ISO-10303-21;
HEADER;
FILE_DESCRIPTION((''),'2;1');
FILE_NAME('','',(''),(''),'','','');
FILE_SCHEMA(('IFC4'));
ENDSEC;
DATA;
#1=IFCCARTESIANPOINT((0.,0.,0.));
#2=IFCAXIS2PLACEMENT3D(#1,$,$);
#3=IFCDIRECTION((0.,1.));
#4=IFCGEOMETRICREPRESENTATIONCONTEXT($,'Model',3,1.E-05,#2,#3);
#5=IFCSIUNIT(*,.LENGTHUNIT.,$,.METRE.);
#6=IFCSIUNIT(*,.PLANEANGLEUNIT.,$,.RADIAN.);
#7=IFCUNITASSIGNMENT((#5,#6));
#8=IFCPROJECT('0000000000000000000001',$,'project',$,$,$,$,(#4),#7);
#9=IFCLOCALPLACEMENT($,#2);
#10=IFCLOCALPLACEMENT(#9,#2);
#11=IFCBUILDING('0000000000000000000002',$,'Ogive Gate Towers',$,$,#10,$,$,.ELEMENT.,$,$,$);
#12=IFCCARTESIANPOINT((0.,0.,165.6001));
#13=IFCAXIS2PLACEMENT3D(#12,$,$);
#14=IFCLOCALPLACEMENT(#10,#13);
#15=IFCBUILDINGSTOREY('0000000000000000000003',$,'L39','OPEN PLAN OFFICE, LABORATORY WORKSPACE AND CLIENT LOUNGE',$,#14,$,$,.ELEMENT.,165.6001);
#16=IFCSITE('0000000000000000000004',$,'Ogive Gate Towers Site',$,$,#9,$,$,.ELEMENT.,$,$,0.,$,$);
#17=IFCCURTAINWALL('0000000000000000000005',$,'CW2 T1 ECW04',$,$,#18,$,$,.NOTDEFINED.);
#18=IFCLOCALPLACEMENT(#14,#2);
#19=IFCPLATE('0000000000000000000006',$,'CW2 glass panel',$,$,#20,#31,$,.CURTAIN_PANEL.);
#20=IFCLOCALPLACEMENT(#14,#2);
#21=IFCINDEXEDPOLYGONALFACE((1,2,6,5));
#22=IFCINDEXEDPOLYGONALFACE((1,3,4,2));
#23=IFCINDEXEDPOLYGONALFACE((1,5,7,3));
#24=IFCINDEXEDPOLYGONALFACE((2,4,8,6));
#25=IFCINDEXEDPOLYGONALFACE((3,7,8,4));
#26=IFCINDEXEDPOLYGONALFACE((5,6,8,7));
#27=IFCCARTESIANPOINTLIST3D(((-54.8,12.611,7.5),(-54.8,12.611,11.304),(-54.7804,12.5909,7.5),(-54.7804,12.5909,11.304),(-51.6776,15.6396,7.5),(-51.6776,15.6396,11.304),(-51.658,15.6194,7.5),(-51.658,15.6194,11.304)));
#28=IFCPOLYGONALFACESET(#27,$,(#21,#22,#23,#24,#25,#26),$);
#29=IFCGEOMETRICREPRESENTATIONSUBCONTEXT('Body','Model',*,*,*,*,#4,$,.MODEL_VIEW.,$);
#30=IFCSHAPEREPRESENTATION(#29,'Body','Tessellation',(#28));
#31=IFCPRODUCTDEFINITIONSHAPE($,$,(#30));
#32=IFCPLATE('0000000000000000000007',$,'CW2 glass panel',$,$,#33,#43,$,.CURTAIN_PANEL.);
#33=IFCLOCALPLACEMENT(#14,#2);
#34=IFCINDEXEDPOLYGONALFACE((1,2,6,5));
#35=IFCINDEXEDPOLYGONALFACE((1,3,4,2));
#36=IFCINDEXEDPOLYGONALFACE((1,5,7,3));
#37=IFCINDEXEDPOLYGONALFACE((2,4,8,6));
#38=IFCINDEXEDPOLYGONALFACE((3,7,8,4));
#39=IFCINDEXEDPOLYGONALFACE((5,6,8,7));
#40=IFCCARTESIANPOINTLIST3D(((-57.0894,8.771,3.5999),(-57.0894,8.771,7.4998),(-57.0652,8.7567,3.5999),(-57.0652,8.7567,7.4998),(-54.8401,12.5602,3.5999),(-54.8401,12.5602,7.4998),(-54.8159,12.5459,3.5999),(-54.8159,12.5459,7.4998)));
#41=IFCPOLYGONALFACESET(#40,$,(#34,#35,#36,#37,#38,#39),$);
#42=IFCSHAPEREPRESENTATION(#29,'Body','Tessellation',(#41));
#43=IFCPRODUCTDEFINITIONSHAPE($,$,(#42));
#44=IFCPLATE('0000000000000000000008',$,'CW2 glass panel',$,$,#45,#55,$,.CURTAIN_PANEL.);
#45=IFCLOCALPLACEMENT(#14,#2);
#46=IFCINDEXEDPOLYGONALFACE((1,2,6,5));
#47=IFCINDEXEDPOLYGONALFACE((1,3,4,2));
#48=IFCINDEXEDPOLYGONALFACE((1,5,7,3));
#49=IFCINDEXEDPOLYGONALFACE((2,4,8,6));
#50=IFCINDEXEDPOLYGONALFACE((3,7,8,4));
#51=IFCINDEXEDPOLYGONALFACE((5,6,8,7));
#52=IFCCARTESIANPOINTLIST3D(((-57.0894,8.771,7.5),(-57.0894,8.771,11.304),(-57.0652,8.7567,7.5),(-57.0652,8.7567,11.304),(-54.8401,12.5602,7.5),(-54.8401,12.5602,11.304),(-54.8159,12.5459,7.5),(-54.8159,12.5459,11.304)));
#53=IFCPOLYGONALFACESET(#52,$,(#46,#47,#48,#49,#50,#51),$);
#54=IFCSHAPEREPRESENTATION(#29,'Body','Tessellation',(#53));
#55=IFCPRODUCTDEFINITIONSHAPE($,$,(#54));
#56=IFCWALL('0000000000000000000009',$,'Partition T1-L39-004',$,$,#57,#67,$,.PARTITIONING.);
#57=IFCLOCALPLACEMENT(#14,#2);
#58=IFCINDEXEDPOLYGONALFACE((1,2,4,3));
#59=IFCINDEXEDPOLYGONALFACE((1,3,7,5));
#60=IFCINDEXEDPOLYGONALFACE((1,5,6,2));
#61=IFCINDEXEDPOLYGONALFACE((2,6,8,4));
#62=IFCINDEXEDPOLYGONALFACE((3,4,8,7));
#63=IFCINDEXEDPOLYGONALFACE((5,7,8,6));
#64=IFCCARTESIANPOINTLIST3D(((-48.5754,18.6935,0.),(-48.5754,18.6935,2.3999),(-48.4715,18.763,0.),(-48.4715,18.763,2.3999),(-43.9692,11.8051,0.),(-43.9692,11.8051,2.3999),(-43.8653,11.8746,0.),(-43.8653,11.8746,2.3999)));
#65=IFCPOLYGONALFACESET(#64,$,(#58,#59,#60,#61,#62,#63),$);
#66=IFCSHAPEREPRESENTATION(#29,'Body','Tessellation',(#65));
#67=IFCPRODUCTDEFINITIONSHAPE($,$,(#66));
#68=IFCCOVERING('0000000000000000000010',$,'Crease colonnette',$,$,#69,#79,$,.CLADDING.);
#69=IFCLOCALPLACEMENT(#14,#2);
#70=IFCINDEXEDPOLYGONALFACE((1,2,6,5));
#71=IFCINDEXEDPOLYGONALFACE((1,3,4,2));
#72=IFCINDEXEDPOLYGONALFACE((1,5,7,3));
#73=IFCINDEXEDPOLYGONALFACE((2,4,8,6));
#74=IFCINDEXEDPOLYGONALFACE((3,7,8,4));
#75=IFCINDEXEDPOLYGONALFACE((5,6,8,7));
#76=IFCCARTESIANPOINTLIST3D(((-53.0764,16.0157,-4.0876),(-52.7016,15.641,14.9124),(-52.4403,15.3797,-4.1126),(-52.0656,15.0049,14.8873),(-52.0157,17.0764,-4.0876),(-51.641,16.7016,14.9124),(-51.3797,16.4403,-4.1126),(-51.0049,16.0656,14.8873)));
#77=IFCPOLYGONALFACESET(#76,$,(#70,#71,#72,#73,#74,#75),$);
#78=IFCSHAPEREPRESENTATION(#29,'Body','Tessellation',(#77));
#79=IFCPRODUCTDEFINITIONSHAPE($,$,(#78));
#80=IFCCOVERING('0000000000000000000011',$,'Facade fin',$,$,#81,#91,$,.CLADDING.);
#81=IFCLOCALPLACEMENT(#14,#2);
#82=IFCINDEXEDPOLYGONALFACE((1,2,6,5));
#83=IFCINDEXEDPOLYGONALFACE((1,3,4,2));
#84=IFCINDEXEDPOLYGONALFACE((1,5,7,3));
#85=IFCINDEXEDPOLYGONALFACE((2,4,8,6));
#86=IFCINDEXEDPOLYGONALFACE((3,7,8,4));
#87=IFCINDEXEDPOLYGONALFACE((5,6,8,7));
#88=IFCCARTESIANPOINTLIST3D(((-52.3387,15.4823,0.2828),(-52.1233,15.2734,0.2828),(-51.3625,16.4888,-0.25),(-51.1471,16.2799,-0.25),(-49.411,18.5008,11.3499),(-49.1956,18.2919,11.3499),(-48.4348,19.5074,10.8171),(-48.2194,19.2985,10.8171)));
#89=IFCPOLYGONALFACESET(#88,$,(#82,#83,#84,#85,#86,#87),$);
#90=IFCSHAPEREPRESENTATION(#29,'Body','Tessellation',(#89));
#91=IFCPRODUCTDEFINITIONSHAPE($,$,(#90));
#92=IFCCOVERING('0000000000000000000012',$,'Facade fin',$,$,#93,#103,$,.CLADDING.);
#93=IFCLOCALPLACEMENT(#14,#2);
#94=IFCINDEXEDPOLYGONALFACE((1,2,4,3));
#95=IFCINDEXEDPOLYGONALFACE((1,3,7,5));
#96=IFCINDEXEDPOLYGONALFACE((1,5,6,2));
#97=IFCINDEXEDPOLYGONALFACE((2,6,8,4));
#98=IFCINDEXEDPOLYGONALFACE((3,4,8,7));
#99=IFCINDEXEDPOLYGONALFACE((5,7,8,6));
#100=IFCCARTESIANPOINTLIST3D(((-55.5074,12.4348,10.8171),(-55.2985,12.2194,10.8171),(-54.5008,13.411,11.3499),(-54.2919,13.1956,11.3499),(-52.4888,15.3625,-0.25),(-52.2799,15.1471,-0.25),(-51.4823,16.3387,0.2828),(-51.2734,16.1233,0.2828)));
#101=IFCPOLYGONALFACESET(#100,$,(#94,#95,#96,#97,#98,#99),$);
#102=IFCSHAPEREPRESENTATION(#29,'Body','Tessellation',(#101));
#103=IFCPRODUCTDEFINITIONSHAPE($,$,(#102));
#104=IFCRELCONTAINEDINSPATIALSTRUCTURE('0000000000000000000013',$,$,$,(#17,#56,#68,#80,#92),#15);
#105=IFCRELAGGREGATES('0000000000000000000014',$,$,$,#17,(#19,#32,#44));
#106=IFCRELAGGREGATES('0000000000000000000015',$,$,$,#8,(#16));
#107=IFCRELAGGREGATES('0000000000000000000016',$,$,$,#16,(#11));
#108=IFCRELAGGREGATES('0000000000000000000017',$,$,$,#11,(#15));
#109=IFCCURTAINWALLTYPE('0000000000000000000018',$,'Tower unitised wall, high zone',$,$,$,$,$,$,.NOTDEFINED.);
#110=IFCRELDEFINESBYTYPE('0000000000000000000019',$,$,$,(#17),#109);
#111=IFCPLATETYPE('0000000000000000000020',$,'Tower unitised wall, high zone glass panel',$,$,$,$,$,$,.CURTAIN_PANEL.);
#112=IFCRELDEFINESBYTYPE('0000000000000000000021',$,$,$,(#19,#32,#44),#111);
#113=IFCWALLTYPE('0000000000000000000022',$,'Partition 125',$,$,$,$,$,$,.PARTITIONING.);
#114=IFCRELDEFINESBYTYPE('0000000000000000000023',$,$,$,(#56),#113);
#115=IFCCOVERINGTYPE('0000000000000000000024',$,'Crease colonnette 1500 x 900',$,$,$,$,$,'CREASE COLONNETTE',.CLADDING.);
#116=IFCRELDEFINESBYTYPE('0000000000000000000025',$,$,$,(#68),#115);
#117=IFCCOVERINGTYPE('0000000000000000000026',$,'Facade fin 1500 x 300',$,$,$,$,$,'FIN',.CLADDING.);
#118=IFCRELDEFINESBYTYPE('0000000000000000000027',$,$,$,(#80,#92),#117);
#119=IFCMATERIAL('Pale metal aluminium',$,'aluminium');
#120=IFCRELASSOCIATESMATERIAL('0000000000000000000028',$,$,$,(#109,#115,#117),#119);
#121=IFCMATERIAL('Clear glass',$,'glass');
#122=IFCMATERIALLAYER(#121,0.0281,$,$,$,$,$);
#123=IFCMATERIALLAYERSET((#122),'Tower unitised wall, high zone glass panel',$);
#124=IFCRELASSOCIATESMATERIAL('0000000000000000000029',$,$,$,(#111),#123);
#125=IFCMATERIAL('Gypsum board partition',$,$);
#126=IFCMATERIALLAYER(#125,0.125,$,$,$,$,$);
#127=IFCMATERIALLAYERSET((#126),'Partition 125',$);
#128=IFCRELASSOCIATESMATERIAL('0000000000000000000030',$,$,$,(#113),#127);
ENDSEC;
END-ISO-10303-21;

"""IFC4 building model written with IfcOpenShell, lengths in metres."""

from ifc_helpers import new_model, si_unit, direction, frame, frame_2d, origin, origin_2d, place, context, subcontext, project, spatial, rectangle, extrude, material, layer, layer_set, material_profile, profile_set, type_object, element, aggregate, save


model = new_model("IFC4")

# Units and contexts
model_context = context("Model", 3, precision=1e-05, world=origin(), true_north=direction((0.0, 1.0)))
body_context = subcontext(model_context, "Body", "Model", "MODEL_VIEW")
ifc_project = project(units=[si_unit("LENGTHUNIT", "METRE"), si_unit("PLANEANGLEUNIT", "RADIAN")], contexts=[model_context])

# Site, building, storey
site_placement = place(None, origin())
site = spatial("IfcSite", under=ifc_project, at=site_placement, Name="Ogive Gate Towers Site", CompositionType="ELEMENT", RefElevation=0.0)
building_placement = place(site_placement, origin())
building = spatial("IfcBuilding", under=site, at=building_placement, Name="Ogive Gate Towers", CompositionType="ELEMENT")
storey_placement = place(building_placement, frame((0.0, 0.0, 165.6001)))
storey = spatial("IfcBuildingStorey", under=building, at=storey_placement, Name="L39", Description="OPEN PLAN OFFICE, LABORATORY WORKSPACE AND CLIENT LOUNGE", CompositionType="ELEMENT", Elevation=165.6001)

# Shared definitions
ifc_material_1 = material(Name="Pale metal aluminium", Category="aluminium")
curtain_wall_type = type_object("IfcCurtainWallType", Name="Tower unitised wall, high zone", PredefinedType="NOTDEFINED", material=ifc_material_1)

# Curtain wall
curtain_wall_1_placement = place(storey_placement, origin())
curtain_wall_1 = element("IfcCurtainWall", 1, at=curtain_wall_1_placement, inside=storey, type_object=curtain_wall_type, Name="CW2 T1 ECW04", PredefinedType="NOTDEFINED")

# Plates
ifc_material_2 = material(Name="Clear glass", Category="glass")
ifc_layer_1 = layer(ifc_material_2, 0.0281)
ifc_layer_set_1 = layer_set([ifc_layer_1], Name="Tower unitised wall, high zone glass panel")
plate_type = type_object("IfcPlateType", Name="Tower unitised wall, high zone glass panel", PredefinedType="CURTAIN_PANEL", material=ifc_layer_set_1)
plate_1_placement = place(storey_placement, frame((-53.229, 14.1152, 7.5), z_axis=(0.0, 0.0, 1.0), x_axis=(-0.71781, -0.696239, 0.0)))
plate_1 = element("IfcPlate", 2, at=plate_1_placement, type_object=plate_type, Name="CW2 glass panel", PredefinedType="CURTAIN_PANEL", context=body_context, shape_type="SweptSolid", body=[
    extrude(rectangle(XDim=4.3499, YDim=0.0281, at=origin_2d()), origin(), (0.0, 0.0, 1.0), 3.804),
])
plate_2_placement = place(storey_placement, frame((-55.9526, 10.6584, 3.5999), z_axis=(0.0, 0.0, 1.0), x_axis=(-0.510453, -0.859906, 0.0)))
plate_2 = element("IfcPlate", 3, at=plate_2_placement, type_object=plate_type, Name="CW2 glass panel", PredefinedType="CURTAIN_PANEL", context=body_context, shape_type="SweptSolid", body=[
    extrude(rectangle(XDim=4.4065, YDim=0.0281, at=origin_2d()), origin(), (0.0, 0.0, 1.0), 3.8999),
])
plate_3_placement = place(storey_placement, frame((-55.9526, 10.6584, 7.5), z_axis=(0.0, 0.0, 1.0), x_axis=(-0.510453, -0.859906, 0.0)))
plate_3 = element("IfcPlate", 4, at=plate_3_placement, type_object=plate_type, Name="CW2 glass panel", PredefinedType="CURTAIN_PANEL", context=body_context, shape_type="SweptSolid", body=[
    extrude(rectangle(XDim=4.4065, YDim=0.0281, at=origin_2d()), origin(), (0.0, 0.0, 1.0), 3.804),
])
aggregate(curtain_wall_1, [plate_1, plate_2, plate_3])

# Wall
ifc_material_3 = material(Name="Gypsum board partition")
ifc_layer_2 = layer(ifc_material_3, 0.125)
ifc_layer_set_2 = layer_set([ifc_layer_2], Name="Partition 125")
wall_type = type_object("IfcWallType", Name="Partition 125", PredefinedType="PARTITIONING", material=ifc_layer_set_2)
wall_placement = place(storey_placement, frame((-48.5234, 18.7283, 0.0), z_axis=(0.0, 0.0, 1.0), x_axis=(0.555862, -0.831274, 0.0)))
element("IfcWall", 5, at=wall_placement, inside=storey, type_object=wall_type, Name="Partition T1-L39-004", PredefinedType="PARTITIONING", context=body_context, shape_type="SweptSolid", body=[
    extrude(rectangle(XDim=8.2866, YDim=0.125, at=frame_2d((4.1433, 0.0))), origin(), (0.0, 0.0, 1.0), 2.3999),
])

# Coverings
ifc_material_profile_1 = material_profile(ifc_material_1, rectangle(XDim=1.5, YDim=0.8999, at=origin_2d()), Name="1500 x 900 pale metal aluminium")
ifc_profile_set_1 = profile_set([ifc_material_profile_1], Name="Pale metal aluminium")
covering_type_1 = type_object("IfcCoveringType", Name="Crease colonnette 1500 x 900", ElementType="CREASE COLONNETTE", PredefinedType="CLADDING", material=ifc_profile_set_1)
covering_placement = place(storey_placement, frame((-52.228, 16.228, -4.1001), z_axis=(0.019716, -0.019716, 0.999611), x_axis=(0.707107, 0.707107, 0.0)))
element("IfcCovering", 6, at=covering_placement, inside=storey, type_object=covering_type_1, Name="Crease colonnette", PredefinedType="CLADDING", context=body_context, shape_type="SweptSolid", body=[
    extrude(rectangle(XDim=1.5, YDim=0.8999, at=origin_2d()), origin(), (0.0, 0.0, 1.0), 19.0073),
])
ifc_material_profile_2 = material_profile(ifc_material_1, rectangle(XDim=0.3, YDim=1.5, at=origin_2d()), Name="1500 x 300 pale metal aluminium")
ifc_profile_set_2 = profile_set([ifc_material_profile_2], Name="Pale metal aluminium")
covering_type_2 = type_object("IfcCoveringType", Name="Facade fin 1500 x 300", ElementType="FIN", PredefinedType="CLADDING", material=ifc_profile_set_2)
for number, where, z_axis, x_axis, name in (
    (7, (-51.7429, 15.8811, 0.0164), (0.247293, 0.254964, 0.934794), (-0.717823, 0.696226, 0.0), "Facade fin"),
    (8, (-51.8811, 15.7429, 0.0164), (-0.254964, -0.247293, 0.934794), (0.696226, -0.717823, 0.0), "Facade fin"),
):
    element("IfcCovering", number, at=place(storey_placement, frame(where, z_axis=z_axis, x_axis=x_axis)), inside=storey, type_object=covering_type_2, Name=name, PredefinedType="CLADDING", context=body_context, shape_type="SweptSolid", body=[
        extrude(rectangle(XDim=0.3, YDim=1.5, at=origin_2d()), origin(), (0.0, 0.0, 1.0), 11.8391),
    ])

save(model, "model.ifc")
